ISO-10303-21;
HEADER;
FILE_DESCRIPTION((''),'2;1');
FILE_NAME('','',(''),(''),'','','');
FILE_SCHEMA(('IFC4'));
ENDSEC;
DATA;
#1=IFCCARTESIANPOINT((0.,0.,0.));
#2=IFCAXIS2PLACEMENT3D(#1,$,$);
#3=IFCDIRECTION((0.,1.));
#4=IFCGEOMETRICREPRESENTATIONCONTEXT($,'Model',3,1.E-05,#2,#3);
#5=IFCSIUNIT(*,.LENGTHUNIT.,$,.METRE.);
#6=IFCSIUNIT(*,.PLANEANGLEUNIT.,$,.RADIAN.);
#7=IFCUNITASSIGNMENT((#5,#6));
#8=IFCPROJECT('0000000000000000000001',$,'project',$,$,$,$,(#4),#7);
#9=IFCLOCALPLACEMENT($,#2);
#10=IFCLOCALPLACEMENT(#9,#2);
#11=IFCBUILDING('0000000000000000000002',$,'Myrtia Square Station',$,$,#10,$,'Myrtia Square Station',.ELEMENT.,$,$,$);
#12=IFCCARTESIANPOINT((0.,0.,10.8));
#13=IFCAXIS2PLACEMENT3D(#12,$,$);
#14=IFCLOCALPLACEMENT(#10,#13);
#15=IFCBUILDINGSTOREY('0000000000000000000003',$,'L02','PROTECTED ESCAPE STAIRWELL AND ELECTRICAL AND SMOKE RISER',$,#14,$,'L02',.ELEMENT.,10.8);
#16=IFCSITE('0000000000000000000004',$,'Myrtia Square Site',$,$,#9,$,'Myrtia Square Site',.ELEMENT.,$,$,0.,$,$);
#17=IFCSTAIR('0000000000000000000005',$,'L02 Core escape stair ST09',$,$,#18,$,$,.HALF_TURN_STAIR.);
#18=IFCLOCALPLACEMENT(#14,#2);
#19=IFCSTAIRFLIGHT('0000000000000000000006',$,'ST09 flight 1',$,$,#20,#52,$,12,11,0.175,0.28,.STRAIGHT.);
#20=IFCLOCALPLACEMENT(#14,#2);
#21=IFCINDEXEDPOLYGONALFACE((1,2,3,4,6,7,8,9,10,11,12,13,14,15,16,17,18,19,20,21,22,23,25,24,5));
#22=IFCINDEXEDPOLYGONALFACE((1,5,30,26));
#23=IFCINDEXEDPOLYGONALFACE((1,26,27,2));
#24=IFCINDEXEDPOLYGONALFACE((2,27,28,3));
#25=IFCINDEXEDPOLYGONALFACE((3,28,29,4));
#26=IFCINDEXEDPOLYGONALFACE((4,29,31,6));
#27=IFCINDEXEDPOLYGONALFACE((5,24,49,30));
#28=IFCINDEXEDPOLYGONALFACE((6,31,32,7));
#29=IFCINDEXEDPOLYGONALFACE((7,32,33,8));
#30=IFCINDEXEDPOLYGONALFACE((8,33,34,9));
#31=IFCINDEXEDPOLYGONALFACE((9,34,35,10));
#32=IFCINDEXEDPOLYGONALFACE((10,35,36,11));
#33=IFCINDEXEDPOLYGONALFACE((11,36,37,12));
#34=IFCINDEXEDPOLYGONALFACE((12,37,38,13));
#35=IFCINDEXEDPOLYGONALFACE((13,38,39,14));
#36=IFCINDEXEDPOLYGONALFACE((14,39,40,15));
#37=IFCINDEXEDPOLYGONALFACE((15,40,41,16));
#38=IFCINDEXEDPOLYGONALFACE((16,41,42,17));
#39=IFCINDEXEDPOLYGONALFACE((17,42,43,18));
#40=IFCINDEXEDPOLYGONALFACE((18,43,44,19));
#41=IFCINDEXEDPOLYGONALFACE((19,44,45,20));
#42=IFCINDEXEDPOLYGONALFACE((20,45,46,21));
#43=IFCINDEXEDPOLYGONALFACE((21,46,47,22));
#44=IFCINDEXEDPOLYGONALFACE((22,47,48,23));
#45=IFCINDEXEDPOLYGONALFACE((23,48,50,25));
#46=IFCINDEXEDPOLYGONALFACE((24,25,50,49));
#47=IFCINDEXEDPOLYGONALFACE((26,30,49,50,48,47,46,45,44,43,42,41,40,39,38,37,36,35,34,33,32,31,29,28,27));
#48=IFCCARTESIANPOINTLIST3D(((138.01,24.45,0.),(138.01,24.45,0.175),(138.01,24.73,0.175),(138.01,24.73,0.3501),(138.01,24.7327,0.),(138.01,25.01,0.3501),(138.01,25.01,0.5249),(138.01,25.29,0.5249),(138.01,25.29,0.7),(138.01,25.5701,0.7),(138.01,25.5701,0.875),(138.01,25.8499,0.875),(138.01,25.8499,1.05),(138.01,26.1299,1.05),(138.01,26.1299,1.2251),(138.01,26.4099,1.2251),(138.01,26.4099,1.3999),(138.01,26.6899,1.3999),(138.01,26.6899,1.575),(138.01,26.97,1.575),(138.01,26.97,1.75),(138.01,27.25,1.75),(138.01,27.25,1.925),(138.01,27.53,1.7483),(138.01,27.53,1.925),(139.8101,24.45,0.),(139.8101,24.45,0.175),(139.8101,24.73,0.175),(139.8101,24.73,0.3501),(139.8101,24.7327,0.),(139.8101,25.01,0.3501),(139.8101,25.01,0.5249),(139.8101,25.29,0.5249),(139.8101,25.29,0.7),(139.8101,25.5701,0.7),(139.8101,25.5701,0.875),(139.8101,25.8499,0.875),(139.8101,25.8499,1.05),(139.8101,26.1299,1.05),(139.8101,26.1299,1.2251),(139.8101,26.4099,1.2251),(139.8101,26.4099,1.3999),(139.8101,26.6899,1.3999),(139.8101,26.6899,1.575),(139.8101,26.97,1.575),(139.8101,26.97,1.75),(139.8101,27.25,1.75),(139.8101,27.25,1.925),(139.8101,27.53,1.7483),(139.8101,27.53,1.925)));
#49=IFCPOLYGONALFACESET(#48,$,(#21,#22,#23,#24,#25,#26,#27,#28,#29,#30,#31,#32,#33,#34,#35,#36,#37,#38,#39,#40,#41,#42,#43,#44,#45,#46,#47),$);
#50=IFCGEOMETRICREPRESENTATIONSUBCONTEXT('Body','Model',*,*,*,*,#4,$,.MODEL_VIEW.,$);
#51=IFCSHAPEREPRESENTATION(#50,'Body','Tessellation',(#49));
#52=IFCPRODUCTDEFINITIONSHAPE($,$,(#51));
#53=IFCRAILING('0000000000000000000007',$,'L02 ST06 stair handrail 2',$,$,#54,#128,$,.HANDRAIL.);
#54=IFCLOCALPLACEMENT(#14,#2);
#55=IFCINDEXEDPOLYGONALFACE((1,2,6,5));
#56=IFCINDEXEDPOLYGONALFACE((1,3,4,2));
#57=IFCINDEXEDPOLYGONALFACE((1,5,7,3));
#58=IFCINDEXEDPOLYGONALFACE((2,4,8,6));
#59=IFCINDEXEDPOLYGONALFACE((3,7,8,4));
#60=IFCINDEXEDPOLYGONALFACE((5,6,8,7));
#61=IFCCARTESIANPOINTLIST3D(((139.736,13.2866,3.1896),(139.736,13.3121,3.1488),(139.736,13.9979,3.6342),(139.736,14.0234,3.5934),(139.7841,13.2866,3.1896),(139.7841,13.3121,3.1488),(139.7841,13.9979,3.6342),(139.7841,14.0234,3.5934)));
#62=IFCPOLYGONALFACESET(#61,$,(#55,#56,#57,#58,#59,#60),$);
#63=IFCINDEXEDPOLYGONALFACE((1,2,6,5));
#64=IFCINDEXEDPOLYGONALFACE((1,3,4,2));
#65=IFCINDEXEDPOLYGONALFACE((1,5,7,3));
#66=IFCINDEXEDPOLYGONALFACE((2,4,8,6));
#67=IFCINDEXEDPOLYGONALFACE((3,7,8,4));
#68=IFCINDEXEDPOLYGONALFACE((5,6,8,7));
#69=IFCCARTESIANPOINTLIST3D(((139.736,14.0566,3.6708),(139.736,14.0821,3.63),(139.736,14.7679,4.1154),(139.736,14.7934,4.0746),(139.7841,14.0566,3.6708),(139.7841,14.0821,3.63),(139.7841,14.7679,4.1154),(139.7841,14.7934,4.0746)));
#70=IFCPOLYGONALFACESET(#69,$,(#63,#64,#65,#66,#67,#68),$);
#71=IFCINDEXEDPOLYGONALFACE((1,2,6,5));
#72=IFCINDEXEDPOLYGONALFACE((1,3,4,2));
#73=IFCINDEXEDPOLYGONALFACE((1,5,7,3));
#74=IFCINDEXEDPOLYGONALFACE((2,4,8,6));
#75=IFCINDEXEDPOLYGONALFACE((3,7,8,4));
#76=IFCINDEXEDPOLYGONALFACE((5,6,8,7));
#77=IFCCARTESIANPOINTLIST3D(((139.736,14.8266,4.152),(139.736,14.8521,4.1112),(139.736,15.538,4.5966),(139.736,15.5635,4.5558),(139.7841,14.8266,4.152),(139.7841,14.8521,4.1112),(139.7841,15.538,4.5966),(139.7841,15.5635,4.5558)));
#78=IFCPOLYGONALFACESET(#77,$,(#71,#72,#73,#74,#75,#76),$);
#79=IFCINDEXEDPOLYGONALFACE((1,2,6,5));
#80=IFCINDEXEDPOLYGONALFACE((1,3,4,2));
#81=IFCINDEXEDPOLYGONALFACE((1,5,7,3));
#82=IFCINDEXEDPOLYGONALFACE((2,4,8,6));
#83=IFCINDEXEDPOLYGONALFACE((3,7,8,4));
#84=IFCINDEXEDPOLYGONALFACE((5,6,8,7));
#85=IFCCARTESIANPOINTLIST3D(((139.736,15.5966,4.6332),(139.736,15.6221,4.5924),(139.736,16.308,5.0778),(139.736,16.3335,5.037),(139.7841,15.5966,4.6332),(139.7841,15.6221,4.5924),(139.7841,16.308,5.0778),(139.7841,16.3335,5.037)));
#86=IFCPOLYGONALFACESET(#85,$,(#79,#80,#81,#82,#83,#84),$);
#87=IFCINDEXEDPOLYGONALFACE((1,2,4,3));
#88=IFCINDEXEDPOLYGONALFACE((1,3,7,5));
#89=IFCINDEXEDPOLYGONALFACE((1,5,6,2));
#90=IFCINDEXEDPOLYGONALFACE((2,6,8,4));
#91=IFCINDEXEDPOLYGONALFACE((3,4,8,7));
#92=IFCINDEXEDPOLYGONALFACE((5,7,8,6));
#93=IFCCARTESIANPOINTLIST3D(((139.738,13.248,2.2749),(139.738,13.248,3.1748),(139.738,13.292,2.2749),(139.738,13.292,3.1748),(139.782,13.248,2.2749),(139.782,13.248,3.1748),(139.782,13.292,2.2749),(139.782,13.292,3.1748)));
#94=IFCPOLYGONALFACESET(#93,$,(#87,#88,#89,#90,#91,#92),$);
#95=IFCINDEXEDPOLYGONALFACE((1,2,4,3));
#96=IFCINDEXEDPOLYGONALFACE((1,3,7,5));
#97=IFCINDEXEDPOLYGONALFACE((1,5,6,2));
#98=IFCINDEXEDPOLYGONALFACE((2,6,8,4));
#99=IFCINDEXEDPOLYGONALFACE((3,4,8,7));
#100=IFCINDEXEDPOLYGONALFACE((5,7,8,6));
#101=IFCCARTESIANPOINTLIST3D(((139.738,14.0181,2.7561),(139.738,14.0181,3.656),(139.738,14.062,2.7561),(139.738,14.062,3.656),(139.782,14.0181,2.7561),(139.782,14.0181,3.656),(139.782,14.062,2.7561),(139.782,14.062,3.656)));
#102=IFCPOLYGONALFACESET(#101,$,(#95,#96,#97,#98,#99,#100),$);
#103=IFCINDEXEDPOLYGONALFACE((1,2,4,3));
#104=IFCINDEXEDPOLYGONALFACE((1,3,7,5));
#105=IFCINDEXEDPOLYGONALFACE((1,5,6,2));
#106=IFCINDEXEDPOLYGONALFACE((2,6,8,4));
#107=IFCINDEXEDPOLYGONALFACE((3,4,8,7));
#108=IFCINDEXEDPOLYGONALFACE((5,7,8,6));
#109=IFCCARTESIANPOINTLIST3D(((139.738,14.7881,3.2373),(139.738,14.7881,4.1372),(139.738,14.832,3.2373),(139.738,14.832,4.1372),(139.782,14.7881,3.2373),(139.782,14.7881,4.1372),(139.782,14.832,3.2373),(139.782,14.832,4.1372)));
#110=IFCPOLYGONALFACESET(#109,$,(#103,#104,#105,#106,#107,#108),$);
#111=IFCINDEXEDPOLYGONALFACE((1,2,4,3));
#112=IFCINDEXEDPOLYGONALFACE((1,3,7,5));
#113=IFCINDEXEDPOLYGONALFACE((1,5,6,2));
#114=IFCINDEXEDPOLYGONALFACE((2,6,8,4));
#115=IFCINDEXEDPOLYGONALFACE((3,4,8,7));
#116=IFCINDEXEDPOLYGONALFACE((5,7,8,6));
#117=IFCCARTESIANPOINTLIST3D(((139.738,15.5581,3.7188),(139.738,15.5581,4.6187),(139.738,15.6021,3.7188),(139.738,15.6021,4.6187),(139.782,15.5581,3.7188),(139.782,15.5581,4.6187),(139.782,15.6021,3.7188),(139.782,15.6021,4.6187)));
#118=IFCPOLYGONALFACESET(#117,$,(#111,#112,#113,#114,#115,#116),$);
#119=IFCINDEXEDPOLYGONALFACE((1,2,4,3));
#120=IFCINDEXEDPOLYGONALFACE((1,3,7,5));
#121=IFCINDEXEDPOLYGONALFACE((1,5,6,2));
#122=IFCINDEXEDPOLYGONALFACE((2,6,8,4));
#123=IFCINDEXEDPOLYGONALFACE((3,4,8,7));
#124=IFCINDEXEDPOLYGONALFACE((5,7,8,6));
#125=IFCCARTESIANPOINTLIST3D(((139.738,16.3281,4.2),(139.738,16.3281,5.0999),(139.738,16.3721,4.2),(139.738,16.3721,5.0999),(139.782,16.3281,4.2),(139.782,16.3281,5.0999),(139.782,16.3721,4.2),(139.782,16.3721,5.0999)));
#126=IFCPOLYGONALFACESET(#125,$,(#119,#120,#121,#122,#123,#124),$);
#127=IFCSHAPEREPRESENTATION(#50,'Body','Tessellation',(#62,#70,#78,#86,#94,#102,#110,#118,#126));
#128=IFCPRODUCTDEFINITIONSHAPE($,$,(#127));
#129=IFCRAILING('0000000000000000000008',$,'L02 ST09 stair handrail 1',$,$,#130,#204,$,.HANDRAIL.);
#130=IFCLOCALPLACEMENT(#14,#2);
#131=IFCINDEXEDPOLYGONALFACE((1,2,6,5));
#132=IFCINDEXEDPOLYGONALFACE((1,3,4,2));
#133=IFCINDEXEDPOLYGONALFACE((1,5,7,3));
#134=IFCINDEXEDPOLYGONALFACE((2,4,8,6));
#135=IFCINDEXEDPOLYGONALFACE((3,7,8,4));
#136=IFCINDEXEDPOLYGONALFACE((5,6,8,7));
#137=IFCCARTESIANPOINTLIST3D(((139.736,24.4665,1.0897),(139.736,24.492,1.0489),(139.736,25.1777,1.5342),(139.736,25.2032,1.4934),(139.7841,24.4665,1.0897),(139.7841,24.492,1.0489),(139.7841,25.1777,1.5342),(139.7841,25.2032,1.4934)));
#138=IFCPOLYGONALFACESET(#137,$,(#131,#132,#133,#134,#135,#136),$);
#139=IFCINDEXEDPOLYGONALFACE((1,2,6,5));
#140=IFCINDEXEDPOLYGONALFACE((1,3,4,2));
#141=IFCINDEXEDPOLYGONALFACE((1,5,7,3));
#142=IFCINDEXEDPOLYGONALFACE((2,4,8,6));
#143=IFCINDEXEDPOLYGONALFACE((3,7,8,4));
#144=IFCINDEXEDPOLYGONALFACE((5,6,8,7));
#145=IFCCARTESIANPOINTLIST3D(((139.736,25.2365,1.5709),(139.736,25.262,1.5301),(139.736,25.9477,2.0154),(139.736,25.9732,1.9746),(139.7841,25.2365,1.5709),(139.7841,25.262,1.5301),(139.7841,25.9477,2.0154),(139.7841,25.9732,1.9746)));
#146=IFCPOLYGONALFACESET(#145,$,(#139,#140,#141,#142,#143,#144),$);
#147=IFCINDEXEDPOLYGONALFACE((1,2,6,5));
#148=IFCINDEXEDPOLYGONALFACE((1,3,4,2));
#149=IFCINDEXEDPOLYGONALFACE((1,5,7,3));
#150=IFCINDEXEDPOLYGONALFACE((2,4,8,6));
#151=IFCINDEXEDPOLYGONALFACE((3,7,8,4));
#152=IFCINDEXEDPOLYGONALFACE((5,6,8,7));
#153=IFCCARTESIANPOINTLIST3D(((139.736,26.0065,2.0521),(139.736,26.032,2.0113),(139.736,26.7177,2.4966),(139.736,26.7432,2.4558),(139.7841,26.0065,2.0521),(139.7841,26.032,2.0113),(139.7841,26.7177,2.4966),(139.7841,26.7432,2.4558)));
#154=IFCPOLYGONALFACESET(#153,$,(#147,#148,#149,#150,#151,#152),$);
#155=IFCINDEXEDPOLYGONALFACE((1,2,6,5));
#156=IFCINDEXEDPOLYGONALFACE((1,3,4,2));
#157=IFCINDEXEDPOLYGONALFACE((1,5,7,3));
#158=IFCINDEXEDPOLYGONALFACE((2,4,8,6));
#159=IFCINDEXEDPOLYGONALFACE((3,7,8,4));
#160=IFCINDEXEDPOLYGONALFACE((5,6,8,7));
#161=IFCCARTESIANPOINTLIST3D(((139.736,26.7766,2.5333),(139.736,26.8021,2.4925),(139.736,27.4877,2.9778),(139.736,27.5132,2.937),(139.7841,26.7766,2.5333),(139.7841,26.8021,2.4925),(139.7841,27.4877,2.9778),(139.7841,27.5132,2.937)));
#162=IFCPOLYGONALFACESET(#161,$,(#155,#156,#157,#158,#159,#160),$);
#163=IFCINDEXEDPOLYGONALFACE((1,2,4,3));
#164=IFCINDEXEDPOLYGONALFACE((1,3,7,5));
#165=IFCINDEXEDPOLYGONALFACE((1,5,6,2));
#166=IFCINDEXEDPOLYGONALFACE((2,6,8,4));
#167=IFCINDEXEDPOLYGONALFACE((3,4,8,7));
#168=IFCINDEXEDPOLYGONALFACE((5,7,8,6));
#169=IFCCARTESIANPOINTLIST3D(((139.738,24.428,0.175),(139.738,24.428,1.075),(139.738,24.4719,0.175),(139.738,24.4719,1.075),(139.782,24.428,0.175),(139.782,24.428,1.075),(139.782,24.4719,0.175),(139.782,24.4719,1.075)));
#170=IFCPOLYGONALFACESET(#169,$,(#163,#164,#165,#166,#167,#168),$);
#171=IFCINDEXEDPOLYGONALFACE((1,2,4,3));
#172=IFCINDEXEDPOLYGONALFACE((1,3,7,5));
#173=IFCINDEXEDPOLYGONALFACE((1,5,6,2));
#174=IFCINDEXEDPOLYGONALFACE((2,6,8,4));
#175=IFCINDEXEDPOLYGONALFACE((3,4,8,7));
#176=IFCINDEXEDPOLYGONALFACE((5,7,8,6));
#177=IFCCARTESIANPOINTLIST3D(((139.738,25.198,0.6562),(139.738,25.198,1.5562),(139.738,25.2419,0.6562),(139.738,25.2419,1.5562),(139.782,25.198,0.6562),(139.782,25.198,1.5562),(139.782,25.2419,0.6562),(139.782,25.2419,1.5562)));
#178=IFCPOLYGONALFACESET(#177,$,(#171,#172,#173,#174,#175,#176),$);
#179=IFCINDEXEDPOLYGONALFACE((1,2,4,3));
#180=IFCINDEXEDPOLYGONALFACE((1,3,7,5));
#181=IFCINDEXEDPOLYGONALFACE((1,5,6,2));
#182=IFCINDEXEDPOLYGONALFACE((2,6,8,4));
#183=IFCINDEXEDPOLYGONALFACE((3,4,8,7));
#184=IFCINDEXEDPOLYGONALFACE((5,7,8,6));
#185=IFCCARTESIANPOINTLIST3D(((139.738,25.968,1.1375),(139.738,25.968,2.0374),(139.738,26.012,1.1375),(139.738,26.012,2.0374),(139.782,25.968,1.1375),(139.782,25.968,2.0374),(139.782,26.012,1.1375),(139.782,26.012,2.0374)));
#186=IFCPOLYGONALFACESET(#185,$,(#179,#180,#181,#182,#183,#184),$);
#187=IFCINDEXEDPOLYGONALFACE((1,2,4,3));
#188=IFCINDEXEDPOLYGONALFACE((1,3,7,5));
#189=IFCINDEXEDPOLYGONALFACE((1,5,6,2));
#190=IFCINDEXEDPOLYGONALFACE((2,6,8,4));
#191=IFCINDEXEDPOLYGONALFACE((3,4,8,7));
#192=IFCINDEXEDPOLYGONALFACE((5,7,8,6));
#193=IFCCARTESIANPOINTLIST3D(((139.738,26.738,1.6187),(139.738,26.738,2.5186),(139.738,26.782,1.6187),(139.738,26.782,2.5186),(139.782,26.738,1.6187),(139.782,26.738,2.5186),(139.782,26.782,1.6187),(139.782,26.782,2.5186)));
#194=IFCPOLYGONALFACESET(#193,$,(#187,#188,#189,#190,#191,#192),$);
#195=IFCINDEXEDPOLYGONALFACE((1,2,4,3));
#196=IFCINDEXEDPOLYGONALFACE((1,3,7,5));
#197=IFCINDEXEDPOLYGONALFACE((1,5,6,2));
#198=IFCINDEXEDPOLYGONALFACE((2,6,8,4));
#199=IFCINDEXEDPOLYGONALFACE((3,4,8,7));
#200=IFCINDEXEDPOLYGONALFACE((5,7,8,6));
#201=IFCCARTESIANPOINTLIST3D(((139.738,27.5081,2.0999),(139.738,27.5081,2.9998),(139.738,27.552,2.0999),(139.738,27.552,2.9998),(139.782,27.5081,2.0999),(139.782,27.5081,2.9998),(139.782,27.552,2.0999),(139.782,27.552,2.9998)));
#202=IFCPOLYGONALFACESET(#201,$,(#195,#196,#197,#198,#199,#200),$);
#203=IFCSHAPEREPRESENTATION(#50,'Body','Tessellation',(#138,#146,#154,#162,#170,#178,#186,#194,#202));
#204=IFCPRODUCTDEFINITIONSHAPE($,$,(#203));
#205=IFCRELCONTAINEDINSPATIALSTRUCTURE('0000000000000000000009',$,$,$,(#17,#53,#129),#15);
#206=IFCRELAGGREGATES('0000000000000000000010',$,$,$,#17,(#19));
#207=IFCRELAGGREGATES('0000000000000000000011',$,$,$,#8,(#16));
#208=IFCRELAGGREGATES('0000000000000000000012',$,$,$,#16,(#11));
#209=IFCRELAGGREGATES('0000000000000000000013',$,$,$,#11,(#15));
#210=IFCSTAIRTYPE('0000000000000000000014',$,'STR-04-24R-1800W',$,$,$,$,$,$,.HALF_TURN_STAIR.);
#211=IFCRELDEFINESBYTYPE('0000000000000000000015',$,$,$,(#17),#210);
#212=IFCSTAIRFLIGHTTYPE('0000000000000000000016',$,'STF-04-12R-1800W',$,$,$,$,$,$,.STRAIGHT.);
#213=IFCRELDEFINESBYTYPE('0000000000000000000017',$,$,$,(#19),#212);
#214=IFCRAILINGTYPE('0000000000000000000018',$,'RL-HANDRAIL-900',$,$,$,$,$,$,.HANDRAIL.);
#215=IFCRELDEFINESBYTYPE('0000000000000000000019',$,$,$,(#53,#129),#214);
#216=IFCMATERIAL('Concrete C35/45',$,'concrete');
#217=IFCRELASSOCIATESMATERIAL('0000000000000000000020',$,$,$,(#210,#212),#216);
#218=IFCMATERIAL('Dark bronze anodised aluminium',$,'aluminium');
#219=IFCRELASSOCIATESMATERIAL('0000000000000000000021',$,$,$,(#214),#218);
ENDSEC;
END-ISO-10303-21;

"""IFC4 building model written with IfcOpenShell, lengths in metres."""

from ifc_helpers import new_model, si_unit, direction, frame, origin, origin_2d, place, context, subcontext, project, spatial, polyline, rectangle, outline, extrude, material, type_object, element, aggregate, save


model = new_model("IFC4")

# Units and contexts
model_context = context("Model", 3, precision=1e-05, world=origin(), true_north=direction((0.0, 1.0)))
body_context = subcontext(model_context, "Body", "Model", "MODEL_VIEW")
ifc_project = project(units=[si_unit("LENGTHUNIT", "METRE"), si_unit("PLANEANGLEUNIT", "RADIAN")], contexts=[model_context])

# Site, building, storey
site_placement = place(None, origin())
site = spatial("IfcSite", under=ifc_project, at=site_placement, Name="Myrtia Square Site", LongName="Myrtia Square Site", CompositionType="ELEMENT", RefElevation=0.0)
building_placement = place(site_placement, origin())
building = spatial("IfcBuilding", under=site, at=building_placement, Name="Myrtia Square Station", LongName="Myrtia Square Station", CompositionType="ELEMENT")
storey_placement = place(building_placement, frame((0.0, 0.0, 10.8)))
storey = spatial("IfcBuildingStorey", under=building, at=storey_placement, Name="L02", Description="PROTECTED ESCAPE STAIRWELL AND ELECTRICAL AND SMOKE RISER", LongName="L02", CompositionType="ELEMENT", Elevation=10.8)

# Shared definitions
ifc_material_1 = material(Name="Concrete C35/45", Category="concrete")

# Shared definitions
ifc_material_2 = material(Name="Dark bronze anodised aluminium", Category="aluminium")

# Stair, stair flight
stair_type = type_object("IfcStairType", Name="STR-04-24R-1800W", PredefinedType="HALF_TURN_STAIR", material=ifc_material_1)
stair_flight_type = type_object("IfcStairFlightType", Name="STF-04-12R-1800W", PredefinedType="STRAIGHT", material=ifc_material_1)
stair_1_placement = place(storey_placement, origin())
stair_1 = element("IfcStair", 1, at=stair_1_placement, inside=storey, type_object=stair_type, Name="L02 Core escape stair ST09", PredefinedType="HALF_TURN_STAIR")
stair_flight_1_placement = place(storey_placement, frame((138.9099, 24.45, 0.0), z_axis=(0.0, 0.0, 1.0), x_axis=(0.0, 1.0, 0.0)))
stair_flight_1 = element("IfcStairFlight", 2, at=stair_flight_1_placement, type_object=stair_flight_type, Name="ST09 flight 1", NumberOfRisers=12, NumberOfTreads=11, PredefinedType="STRAIGHT", RiserHeight=0.175, TreadLength=0.28, context=body_context, shape_type="SweptSolid", body=[
    extrude(outline(polyline([(0.0, 0.0), (0.0, 0.175), (0.28, 0.175), (0.28, 0.3501), (0.5601, 0.3501), (0.5601, 0.5249), (0.8401, 0.5249), (0.8401, 0.7), (1.1201, 0.7), (1.1201, 0.875), (1.3999, 0.875), (1.3999, 1.05), (1.6799, 1.05), (1.6799, 1.2251), (1.96, 1.2251), (1.96, 1.3999), (2.24, 1.3999), (2.24, 1.575), (2.52, 1.575), (2.52, 1.75), (2.8, 1.75), (2.8, 1.925), (3.0801, 1.925), (3.0801, 2.1001), (3.0801, 1.7483), (0.2827, 0.0), (0.0, 0.0)])), frame((0.0, 0.8999, 0.0), z_axis=(0.0, -1.0, 0.0), x_axis=(1.0, 0.0, 0.0)), (0.0, 0.0, 1.0), 1.8),
])
aggregate(stair_1, [stair_flight_1])

# Railings
railing_type_1 = type_object("IfcRailingType", Name="RL-HANDRAIL-900", PredefinedType="HANDRAIL", material=ifc_material_2)
railing_1_placement = place(storey_placement, frame((139.76, 13.27, 2.2749)))
element("IfcRailing", 3, at=railing_1_placement, inside=storey, type_object=railing_type_1, Name="L02 ST06 stair handrail 2", PredefinedType="HANDRAIL", context=body_context, shape_type="SweptSolid", body=[
    extrude(rectangle(XDim=0.0481, YDim=0.0481, at=origin_2d()), frame((0.0, 0.0293, 0.8943), z_axis=(0.0, 0.847998, 0.529999), x_axis=(-1.0, 0.0, 0.0)), (0.0, 0.0, 1.0), 0.8389),
    extrude(rectangle(XDim=0.0481, YDim=0.0481, at=origin_2d()), frame((0.0, 0.7993, 1.3755), z_axis=(0.0, 0.847998, 0.529999), x_axis=(-1.0, 0.0, 0.0)), (0.0, 0.0, 1.0), 0.8389),
    extrude(rectangle(XDim=0.0481, YDim=0.0481, at=origin_2d()), frame((0.0, 1.5693, 1.8567), z_axis=(0.0, 0.847998, 0.529999), x_axis=(-1.0, 0.0, 0.0)), (0.0, 0.0, 1.0), 0.8389),
    extrude(rectangle(XDim=0.0481, YDim=0.0481, at=origin_2d()), frame((0.0, 2.3394, 2.3379), z_axis=(0.0, 0.847998, 0.529999), x_axis=(-1.0, 0.0, 0.0)), (0.0, 0.0, 1.0), 0.8389),
    extrude(rectangle(XDim=0.0439, YDim=0.0439, at=origin_2d()), origin(), (0.0, 0.0, 1.0), 0.8999),
    extrude(rectangle(XDim=0.0439, YDim=0.0439, at=origin_2d()), frame((0.0, 0.77, 0.4812)), (0.0, 0.0, 1.0), 0.8999),
    extrude(rectangle(XDim=0.0439, YDim=0.0439, at=origin_2d()), frame((0.0, 1.54, 0.9624)), (0.0, 0.0, 1.0), 0.8999),
    extrude(rectangle(XDim=0.0439, YDim=0.0439, at=origin_2d()), frame((0.0, 2.3101, 1.4438)), (0.0, 0.0, 1.0), 0.8999),
    extrude(rectangle(XDim=0.0439, YDim=0.0439, at=origin_2d()), frame((0.0, 3.0801, 1.925)), (0.0, 0.0, 1.0), 0.8999),
])
railing_2_placement = place(storey_placement, frame((139.76, 24.45, 0.175)))
element("IfcRailing", 4, at=railing_2_placement, inside=storey, type_object=railing_type_1, Name="L02 ST09 stair handrail 1", PredefinedType="HANDRAIL", context=body_context, shape_type="SweptSolid", body=[
    extrude(rectangle(XDim=0.0481, YDim=0.0481, at=origin_2d()), frame((0.0, 0.0293, 0.8943), z_axis=(0.0, 0.848029, 0.529951), x_axis=(-1.0, 0.0, 0.0)), (0.0, 0.0, 1.0), 0.8386),
    extrude(rectangle(XDim=0.0481, YDim=0.0481, at=origin_2d()), frame((0.0, 0.7993, 1.3755), z_axis=(0.0, 0.848029, 0.529951), x_axis=(-1.0, 0.0, 0.0)), (0.0, 0.0, 1.0), 0.8386),
    extrude(rectangle(XDim=0.0481, YDim=0.0481, at=origin_2d()), frame((0.0, 1.5693, 1.8567), z_axis=(0.0, 0.848029, 0.529951), x_axis=(-1.0, 0.0, 0.0)), (0.0, 0.0, 1.0), 0.8386),
    extrude(rectangle(XDim=0.0481, YDim=0.0481, at=origin_2d()), frame((0.0, 2.3394, 2.3379), z_axis=(0.0, 0.848029, 0.529951), x_axis=(-1.0, 0.0, 0.0)), (0.0, 0.0, 1.0), 0.8386),
    extrude(rectangle(XDim=0.0439, YDim=0.0439, at=origin_2d()), origin(), (0.0, 0.0, 1.0), 0.8999),
    extrude(rectangle(XDim=0.0439, YDim=0.0439, at=origin_2d()), frame((0.0, 0.77, 0.4812)), (0.0, 0.0, 1.0), 0.8999),
    extrude(rectangle(XDim=0.0439, YDim=0.0439, at=origin_2d()), frame((0.0, 1.54, 0.9624)), (0.0, 0.0, 1.0), 0.8999),
    extrude(rectangle(XDim=0.0439, YDim=0.0439, at=origin_2d()), frame((0.0, 2.3101, 1.4436)), (0.0, 0.0, 1.0), 0.8999),
    extrude(rectangle(XDim=0.0439, YDim=0.0439, at=origin_2d()), frame((0.0, 3.0801, 1.9248)), (0.0, 0.0, 1.0), 0.8999),
])

save(model, "model.ifc")
